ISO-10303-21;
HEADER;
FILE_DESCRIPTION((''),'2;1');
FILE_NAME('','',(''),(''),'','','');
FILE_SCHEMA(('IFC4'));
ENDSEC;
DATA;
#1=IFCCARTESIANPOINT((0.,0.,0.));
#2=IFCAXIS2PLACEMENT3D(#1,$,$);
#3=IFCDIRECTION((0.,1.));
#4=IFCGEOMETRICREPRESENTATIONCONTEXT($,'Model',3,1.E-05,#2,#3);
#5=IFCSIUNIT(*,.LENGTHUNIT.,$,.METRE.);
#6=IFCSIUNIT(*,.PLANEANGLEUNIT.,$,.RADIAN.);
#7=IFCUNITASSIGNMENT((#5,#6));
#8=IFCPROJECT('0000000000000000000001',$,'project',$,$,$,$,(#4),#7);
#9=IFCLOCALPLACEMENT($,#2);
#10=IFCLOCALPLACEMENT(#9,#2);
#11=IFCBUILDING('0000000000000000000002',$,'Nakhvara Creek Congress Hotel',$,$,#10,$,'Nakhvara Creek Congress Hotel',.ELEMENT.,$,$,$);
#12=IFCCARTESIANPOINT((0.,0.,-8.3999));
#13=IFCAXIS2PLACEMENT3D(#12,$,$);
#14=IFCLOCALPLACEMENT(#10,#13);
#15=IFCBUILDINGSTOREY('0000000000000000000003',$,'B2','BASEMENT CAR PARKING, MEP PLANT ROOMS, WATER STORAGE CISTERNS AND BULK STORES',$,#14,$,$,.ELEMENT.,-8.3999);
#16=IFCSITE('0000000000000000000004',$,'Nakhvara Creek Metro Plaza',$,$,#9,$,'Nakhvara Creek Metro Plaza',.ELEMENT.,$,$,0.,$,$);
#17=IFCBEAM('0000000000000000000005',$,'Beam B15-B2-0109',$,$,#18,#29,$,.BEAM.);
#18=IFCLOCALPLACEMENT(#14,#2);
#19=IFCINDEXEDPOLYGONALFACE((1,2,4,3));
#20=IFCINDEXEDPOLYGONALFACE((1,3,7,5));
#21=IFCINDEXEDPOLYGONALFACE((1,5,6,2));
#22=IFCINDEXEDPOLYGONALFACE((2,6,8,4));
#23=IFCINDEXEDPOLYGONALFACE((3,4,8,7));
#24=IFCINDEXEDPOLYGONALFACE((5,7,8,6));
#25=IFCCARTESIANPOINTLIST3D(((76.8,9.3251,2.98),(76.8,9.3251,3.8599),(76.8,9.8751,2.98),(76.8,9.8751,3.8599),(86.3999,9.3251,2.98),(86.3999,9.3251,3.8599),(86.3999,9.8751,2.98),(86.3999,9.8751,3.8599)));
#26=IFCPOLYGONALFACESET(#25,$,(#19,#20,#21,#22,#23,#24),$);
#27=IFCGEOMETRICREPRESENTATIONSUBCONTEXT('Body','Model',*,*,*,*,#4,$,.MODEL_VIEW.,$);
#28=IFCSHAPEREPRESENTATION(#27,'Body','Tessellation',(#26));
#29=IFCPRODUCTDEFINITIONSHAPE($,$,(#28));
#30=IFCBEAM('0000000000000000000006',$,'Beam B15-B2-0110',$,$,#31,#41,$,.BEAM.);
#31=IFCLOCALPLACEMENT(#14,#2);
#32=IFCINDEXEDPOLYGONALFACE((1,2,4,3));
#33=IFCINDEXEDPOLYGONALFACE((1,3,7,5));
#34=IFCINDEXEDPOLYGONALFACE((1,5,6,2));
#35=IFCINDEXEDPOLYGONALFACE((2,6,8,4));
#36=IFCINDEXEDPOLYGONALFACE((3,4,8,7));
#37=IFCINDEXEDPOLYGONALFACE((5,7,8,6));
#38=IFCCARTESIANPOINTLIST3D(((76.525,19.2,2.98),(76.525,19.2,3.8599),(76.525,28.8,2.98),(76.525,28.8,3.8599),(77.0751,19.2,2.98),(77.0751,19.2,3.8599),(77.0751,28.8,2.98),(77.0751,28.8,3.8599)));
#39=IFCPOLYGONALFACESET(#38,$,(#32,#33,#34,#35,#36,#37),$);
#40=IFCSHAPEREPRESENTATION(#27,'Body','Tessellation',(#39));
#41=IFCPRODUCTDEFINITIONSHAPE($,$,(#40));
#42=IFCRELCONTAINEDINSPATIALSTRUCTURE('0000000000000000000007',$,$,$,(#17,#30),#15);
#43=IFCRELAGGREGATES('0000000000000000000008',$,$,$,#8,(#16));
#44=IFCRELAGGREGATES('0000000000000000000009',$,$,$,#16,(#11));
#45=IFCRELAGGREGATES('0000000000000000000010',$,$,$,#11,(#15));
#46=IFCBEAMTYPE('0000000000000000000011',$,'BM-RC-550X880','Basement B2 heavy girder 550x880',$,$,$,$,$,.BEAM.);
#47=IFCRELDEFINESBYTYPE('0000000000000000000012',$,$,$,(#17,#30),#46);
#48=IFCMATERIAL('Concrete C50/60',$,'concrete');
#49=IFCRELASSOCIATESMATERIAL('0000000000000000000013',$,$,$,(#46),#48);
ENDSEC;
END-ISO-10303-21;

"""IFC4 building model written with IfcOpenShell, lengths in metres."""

from ifc_helpers import new_model, si_unit, direction, frame, origin, origin_2d, place, context, subcontext, project, spatial, rectangle, extrude, material, material_profile, profile_set, type_object, element, save


model = new_model("IFC4")

# Units and contexts
model_context = context("Model", 3, precision=1e-05, world=origin(), true_north=direction((0.0, 1.0)))
body_context = subcontext(model_context, "Body", "Model", "MODEL_VIEW")
ifc_project = project(units=[si_unit("LENGTHUNIT", "METRE"), si_unit("PLANEANGLEUNIT", "RADIAN")], contexts=[model_context])

# Site, building, storey
site_placement = place(None, origin())
site = spatial("IfcSite", under=ifc_project, at=site_placement, Name="Nakhvara Creek Metro Plaza", LongName="Nakhvara Creek Metro Plaza", CompositionType="ELEMENT", RefElevation=0.0)
building_placement = place(site_placement, origin())
building = spatial("IfcBuilding", under=site, at=building_placement, Name="Nakhvara Creek Congress Hotel", LongName="Nakhvara Creek Congress Hotel", CompositionType="ELEMENT")
storey_placement = place(building_placement, frame((0.0, 0.0, -8.3999)))
storey = spatial("IfcBuildingStorey", under=building, at=storey_placement, Name="B2", Description="BASEMENT CAR PARKING, MEP PLANT ROOMS, WATER STORAGE CISTERNS AND BULK STORES", CompositionType="ELEMENT", Elevation=-8.3999)

# Shared definitions
ifc_material_1 = material(Name="Concrete C50/60", Category="concrete")

# Beams
ifc_material_profile_1 = material_profile(ifc_material_1, rectangle(XDim=0.55, YDim=0.8799, at=origin_2d()), Name="RC-BM 550x880", Category="LoadBearing")
ifc_profile_set_1 = profile_set([ifc_material_profile_1], Name="Concrete C50/60")
beam_type_1 = type_object("IfcBeamType", Name="BM-RC-550X880", Description="Basement B2 heavy girder 550x880", PredefinedType="BEAM", material=ifc_profile_set_1)
for number, where, z_axis, x_axis, name in (
    (1, (76.8, 9.6001, 3.4199), (1.0, 0.0, 0.0), (0.0, 1.0, 0.0), "Beam B15-B2-0109"),
):
    element("IfcBeam", number, at=place(storey_placement, frame(where, z_axis=z_axis, x_axis=x_axis)), inside=storey, type_object=beam_type_1, Name=name, PredefinedType="BEAM", context=body_context, shape_type="SweptSolid", body=[
        extrude(rectangle(XDim=0.55, YDim=0.8799, at=origin_2d()), origin(), (0.0, 0.0, 1.0), 9.5999),
    ])
beam_1_placement = place(storey_placement, frame((76.8, 19.2, 3.4199), z_axis=(0.0, 1.0, 0.0), x_axis=(-1.0, 0.0, 0.0)))
element("IfcBeam", 2, at=beam_1_placement, inside=storey, type_object=beam_type_1, Name="Beam B15-B2-0110", PredefinedType="BEAM", context=body_context, shape_type="SweptSolid", body=[
    extrude(rectangle(XDim=0.55, YDim=0.8799, at=origin_2d()), origin(), (0.0, 0.0, 1.0), 9.6001),
])

save(model, "model.ifc")
